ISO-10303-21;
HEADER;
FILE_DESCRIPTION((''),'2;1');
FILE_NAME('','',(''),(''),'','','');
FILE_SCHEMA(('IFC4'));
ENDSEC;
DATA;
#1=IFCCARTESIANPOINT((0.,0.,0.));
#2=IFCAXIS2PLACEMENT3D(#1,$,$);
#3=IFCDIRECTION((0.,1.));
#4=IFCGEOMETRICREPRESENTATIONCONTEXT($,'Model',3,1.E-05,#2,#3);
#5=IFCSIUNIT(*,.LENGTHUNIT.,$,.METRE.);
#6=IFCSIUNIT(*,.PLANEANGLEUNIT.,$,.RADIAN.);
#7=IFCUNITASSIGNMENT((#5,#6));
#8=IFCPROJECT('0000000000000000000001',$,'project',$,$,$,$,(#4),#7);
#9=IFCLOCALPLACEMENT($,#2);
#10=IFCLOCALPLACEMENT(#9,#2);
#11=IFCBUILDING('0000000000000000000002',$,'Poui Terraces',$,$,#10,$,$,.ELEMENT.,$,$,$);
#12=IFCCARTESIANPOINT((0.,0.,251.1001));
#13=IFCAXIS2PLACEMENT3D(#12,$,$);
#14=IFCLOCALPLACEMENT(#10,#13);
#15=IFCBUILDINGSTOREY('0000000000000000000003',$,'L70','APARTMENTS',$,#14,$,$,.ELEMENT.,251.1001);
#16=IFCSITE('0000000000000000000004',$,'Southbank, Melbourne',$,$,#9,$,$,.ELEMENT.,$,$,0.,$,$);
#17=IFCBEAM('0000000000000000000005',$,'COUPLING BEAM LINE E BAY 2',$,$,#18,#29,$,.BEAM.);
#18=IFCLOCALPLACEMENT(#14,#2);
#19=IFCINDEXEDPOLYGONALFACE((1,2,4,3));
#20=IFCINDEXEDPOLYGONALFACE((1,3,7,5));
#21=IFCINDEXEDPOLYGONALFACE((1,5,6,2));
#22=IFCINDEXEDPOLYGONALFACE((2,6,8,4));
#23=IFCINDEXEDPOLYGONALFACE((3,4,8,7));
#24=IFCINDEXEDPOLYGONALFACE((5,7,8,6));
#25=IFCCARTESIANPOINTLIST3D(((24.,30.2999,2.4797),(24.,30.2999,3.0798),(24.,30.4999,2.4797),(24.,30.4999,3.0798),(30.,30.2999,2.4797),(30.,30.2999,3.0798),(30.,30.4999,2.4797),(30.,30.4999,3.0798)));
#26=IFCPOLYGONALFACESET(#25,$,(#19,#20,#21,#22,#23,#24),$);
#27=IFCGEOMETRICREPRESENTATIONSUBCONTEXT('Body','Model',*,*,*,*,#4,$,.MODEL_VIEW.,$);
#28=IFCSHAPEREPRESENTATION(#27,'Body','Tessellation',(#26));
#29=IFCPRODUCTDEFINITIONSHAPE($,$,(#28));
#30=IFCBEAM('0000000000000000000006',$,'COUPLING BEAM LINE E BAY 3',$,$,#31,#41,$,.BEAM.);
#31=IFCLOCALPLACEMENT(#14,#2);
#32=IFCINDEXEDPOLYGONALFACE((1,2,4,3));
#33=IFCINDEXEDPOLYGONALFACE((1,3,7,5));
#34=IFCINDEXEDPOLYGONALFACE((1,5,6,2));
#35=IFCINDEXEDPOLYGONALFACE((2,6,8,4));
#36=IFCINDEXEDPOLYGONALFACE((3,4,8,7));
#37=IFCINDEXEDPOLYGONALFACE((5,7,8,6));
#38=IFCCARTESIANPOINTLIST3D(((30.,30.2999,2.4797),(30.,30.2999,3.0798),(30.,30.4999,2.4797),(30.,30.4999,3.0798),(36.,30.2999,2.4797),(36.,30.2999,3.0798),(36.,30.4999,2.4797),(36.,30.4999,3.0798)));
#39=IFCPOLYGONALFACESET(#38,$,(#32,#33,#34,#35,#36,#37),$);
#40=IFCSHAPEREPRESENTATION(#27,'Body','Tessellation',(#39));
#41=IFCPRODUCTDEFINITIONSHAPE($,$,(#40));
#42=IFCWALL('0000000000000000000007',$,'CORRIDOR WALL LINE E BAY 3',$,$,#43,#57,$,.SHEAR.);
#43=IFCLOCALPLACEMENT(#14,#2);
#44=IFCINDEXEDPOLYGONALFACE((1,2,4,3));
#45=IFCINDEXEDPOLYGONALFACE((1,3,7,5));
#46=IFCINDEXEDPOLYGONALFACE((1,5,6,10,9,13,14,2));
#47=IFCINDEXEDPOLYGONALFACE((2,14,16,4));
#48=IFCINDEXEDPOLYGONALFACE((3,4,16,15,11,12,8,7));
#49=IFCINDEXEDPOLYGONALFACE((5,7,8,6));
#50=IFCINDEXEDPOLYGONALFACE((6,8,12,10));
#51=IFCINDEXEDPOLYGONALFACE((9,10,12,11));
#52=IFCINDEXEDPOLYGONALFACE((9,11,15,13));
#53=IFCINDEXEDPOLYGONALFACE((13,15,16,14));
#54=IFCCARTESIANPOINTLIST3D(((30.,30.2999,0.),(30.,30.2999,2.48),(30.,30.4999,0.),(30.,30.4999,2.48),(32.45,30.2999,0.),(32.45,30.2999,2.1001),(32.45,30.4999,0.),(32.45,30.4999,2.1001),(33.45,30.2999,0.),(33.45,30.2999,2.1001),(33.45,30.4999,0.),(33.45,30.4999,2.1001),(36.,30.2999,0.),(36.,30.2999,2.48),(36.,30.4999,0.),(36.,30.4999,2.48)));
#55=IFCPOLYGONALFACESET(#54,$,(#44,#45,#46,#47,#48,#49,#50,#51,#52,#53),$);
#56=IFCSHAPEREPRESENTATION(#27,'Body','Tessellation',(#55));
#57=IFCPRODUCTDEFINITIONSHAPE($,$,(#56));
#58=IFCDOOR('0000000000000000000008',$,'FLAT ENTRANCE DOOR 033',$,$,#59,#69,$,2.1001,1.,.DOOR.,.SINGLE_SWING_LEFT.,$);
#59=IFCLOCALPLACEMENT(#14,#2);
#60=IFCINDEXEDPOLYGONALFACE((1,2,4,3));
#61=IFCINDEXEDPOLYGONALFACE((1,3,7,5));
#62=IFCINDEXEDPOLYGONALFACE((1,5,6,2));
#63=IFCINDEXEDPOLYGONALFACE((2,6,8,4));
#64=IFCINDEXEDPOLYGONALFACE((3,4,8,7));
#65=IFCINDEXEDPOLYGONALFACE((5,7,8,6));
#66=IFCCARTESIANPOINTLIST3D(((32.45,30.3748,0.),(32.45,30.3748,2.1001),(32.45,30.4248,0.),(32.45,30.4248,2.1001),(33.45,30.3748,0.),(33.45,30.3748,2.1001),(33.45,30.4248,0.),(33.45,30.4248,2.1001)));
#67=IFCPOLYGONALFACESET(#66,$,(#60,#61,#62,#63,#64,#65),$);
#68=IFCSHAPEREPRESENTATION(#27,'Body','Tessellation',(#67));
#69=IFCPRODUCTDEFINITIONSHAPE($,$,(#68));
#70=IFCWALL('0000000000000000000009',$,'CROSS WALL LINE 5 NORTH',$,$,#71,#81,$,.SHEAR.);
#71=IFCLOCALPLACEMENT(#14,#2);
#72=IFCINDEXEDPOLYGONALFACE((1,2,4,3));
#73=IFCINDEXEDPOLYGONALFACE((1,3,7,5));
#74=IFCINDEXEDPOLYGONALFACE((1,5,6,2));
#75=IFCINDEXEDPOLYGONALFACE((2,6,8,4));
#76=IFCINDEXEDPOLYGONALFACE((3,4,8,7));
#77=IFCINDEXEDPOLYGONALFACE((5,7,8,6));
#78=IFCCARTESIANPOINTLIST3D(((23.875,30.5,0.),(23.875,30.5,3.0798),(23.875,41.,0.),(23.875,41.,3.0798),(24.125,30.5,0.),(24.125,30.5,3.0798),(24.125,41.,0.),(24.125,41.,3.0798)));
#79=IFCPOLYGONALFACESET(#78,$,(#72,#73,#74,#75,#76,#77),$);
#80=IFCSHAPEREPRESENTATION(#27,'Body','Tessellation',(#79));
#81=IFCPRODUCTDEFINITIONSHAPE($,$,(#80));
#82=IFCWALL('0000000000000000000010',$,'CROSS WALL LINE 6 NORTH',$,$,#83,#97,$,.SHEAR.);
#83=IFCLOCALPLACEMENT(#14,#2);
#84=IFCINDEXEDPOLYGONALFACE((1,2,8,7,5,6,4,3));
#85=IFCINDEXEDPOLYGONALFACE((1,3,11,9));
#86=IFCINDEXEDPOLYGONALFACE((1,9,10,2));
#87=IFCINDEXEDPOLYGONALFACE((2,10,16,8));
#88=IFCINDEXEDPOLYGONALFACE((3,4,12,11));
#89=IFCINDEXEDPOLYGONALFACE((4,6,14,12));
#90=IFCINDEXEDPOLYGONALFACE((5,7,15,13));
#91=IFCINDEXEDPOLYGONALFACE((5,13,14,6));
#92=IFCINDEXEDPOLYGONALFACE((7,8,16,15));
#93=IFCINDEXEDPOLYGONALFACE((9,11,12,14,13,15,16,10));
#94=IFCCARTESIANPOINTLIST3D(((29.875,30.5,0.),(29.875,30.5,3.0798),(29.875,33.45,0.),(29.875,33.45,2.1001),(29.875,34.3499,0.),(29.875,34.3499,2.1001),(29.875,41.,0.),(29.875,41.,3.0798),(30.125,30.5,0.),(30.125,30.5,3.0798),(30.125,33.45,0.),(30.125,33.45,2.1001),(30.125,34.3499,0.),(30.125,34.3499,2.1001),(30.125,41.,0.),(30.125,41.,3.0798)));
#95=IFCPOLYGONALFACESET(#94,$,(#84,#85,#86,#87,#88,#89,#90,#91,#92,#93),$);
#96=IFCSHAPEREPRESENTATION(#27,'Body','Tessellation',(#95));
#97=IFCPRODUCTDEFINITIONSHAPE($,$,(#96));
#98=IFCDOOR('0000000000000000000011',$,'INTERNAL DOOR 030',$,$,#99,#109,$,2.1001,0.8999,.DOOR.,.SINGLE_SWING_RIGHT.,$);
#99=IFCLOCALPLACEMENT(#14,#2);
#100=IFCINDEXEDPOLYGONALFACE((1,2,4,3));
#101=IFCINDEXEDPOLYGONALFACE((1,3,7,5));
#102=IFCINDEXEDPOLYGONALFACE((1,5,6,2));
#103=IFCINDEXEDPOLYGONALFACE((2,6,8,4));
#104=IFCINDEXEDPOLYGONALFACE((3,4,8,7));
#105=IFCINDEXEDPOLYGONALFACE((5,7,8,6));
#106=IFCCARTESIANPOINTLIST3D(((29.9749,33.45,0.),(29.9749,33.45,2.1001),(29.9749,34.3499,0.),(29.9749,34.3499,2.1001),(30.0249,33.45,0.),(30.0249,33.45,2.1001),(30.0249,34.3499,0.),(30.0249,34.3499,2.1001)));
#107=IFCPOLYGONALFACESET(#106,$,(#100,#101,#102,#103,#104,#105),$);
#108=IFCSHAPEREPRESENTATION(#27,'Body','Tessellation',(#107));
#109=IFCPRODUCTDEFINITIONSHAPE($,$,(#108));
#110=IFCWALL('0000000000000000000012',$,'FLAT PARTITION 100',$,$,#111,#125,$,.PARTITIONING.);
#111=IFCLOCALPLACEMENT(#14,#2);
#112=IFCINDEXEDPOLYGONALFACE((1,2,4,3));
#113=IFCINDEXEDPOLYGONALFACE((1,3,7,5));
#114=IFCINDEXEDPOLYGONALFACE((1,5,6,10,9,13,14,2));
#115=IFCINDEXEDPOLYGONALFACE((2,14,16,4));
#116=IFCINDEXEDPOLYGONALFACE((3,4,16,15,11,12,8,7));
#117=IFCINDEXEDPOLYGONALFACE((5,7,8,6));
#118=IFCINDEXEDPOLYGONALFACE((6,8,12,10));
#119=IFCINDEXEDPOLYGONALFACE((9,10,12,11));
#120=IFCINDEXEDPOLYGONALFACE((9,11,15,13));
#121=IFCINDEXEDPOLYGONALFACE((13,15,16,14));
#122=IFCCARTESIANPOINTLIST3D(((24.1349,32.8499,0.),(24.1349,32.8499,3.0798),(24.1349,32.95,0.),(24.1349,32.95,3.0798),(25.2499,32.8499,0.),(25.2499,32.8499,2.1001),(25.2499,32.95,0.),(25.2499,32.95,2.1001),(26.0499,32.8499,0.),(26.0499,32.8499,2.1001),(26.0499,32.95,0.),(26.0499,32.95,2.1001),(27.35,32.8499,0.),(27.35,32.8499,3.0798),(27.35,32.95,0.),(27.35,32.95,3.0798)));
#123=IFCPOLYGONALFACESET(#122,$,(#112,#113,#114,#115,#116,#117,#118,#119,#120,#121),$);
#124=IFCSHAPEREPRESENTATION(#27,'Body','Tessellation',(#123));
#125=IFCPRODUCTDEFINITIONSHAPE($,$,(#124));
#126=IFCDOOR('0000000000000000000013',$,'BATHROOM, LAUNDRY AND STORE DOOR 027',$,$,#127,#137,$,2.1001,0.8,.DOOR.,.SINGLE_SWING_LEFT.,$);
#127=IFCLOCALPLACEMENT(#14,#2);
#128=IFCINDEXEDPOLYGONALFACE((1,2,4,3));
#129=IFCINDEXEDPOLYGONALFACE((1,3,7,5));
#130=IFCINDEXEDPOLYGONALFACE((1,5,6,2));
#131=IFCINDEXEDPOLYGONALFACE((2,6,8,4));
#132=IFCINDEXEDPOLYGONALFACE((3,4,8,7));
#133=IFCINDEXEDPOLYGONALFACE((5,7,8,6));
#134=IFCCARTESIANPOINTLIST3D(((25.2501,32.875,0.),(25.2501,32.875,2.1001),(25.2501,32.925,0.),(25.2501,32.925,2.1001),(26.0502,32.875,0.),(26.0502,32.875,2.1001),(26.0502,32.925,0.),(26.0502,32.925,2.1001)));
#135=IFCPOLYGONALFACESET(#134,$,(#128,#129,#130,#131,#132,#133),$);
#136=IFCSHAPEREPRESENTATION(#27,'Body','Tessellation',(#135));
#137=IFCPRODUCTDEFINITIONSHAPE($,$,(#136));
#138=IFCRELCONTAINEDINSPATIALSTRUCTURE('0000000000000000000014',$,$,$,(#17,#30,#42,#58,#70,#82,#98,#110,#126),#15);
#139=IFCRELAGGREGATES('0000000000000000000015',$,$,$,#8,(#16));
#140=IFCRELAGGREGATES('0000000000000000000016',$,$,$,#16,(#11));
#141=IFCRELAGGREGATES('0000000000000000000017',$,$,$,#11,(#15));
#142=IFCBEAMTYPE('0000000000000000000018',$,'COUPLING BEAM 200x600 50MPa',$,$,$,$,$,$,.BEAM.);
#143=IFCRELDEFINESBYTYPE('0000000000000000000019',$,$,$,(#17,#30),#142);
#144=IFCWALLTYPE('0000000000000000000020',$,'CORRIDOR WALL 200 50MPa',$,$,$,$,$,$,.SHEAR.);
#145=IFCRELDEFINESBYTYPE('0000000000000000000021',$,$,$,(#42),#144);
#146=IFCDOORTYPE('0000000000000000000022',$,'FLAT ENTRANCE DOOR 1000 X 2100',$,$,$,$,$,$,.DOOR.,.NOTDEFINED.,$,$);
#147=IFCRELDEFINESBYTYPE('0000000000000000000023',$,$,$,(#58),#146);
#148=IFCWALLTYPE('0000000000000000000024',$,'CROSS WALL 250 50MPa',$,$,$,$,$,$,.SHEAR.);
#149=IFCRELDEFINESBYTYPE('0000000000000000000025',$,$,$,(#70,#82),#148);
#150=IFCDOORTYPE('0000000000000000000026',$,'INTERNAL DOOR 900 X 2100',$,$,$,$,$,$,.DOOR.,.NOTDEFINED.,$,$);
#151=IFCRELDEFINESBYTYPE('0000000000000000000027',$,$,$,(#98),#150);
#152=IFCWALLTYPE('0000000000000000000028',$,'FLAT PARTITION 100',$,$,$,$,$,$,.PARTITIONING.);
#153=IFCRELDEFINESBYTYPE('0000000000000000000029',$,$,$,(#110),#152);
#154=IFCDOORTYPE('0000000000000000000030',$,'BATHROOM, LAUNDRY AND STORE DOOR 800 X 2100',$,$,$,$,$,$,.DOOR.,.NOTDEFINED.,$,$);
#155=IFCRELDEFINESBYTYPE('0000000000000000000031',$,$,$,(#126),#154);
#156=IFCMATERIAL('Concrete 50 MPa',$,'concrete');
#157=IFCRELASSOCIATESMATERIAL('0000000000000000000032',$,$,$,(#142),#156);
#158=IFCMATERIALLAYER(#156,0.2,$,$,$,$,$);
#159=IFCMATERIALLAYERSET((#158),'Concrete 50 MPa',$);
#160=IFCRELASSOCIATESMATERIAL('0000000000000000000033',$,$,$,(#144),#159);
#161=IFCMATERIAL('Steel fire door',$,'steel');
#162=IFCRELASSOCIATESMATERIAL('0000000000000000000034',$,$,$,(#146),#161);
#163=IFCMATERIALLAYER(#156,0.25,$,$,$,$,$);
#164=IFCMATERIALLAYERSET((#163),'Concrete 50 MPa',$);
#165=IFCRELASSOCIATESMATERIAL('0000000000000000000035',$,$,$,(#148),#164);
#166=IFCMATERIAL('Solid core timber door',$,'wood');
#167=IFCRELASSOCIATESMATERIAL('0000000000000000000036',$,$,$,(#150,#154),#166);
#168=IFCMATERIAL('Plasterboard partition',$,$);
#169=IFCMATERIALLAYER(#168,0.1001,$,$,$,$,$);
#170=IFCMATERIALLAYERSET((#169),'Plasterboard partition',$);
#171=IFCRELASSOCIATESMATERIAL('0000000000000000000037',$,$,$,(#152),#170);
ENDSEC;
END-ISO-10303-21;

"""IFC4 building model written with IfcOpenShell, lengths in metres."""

from ifc_helpers import new_model, si_unit, direction, frame, frame_2d, origin, origin_2d, place, context, subcontext, project, spatial, rectangle, extrude, source, transform, mapped, material, layer, layer_set, material_profile, profile_set, type_object, element, fill, save


model = new_model("IFC4")

# Units and contexts
model_context = context("Model", 3, precision=1e-05, world=origin(), true_north=direction((0.0, 1.0)))
body_context = subcontext(model_context, "Body", "Model", "MODEL_VIEW")
ifc_project = project(units=[si_unit("LENGTHUNIT", "METRE"), si_unit("PLANEANGLEUNIT", "RADIAN")], contexts=[model_context])

# Site, building, storey
site_placement = place(None, origin())
site = spatial("IfcSite", under=ifc_project, at=site_placement, Name="Southbank, Melbourne", CompositionType="ELEMENT", RefElevation=0.0)
building_placement = place(site_placement, origin())
building = spatial("IfcBuilding", under=site, at=building_placement, Name="Poui Terraces", CompositionType="ELEMENT")
storey_placement = place(building_placement, frame((0.0, 0.0, 251.1001)))
storey = spatial("IfcBuildingStorey", under=building, at=storey_placement, Name="L70", Description="APARTMENTS", CompositionType="ELEMENT", Elevation=251.1001)

# Beams
ifc_material_1 = material(Name="Concrete 50 MPa", Category="concrete")
ifc_material_profile = material_profile(ifc_material_1, rectangle(XDim=0.2, YDim=0.6001, at=origin_2d()), Name="RC 200x600")
ifc_profile_set = profile_set([ifc_material_profile], Name="Concrete 50 MPa")
beam_type = type_object("IfcBeamType", Name="COUPLING BEAM 200x600 50MPa", PredefinedType="BEAM", material=ifc_profile_set)
shared_shape_1 = source(origin(), body_context, "Body", "SweptSolid", [
    extrude(rectangle(XDim=0.2, YDim=0.6001, at=origin_2d()), origin(), (0.0, 0.0, 1.0), 6.0),
])
for number, where, z_axis, x_axis, name in (
    (1, (24.0, 30.3999, 2.7798), (1.0, 0.0, 0.0), (0.0, 1.0, 0.0), "COUPLING BEAM LINE E BAY 2"),
    (2, (30.0, 30.3999, 2.7798), (1.0, 0.0, 0.0), (0.0, 1.0, 0.0), "COUPLING BEAM LINE E BAY 3"),
):
    element("IfcBeam", number, at=place(storey_placement, frame(where, z_axis=z_axis, x_axis=x_axis)), inside=storey, type_object=beam_type, Name=name, PredefinedType="BEAM", context=body_context, shape_type="MappedRepresentation", body=[
        mapped(shared_shape_1, transform((0.0, 0.0, 0.0))),
    ])

# Wall, opening, door
ifc_layer_1 = layer(ifc_material_1, 0.2)
ifc_layer_set_1 = layer_set([ifc_layer_1], Name="Concrete 50 MPa")
wall_type_1 = type_object("IfcWallType", Name="CORRIDOR WALL 200 50MPa", PredefinedType="SHEAR", material=ifc_layer_set_1)
wall_1_placement = place(storey_placement, frame((30.0, 30.3999, 0.0), z_axis=(0.0, 0.0, 1.0), x_axis=(1.0, 0.0, 0.0)))
wall_1 = element("IfcWall", 3, at=wall_1_placement, inside=storey, type_object=wall_type_1, Name="CORRIDOR WALL LINE E BAY 3", PredefinedType="SHEAR", context=body_context, shape_type="SweptSolid", body=[
    extrude(rectangle(XDim=6.0, YDim=0.2, at=frame_2d((3.0, 0.0))), origin(), (0.0, 0.0, 1.0), 2.48),
])
opening_1_placement = place(wall_1_placement, frame((2.45, 0.0, 0.0)))
opening_1 = element("IfcOpeningElement", 4, at=opening_1_placement, cuts=wall_1, PredefinedType="OPENING", context=body_context, shape_type="SweptSolid", body=[
    extrude(rectangle(XDim=1.0, YDim=2.1001, at=frame_2d((0.5, 1.05))), frame((0.0, 0.1099, 0.0), z_axis=(0.0, -1.0, 0.0), x_axis=(1.0, 0.0, 0.0)), (0.0, 0.0, 1.0), 0.22),
])
ifc_material_2 = material(Name="Steel fire door", Category="steel")
door_type_1 = type_object("IfcDoorType", Name="FLAT ENTRANCE DOOR 1000 X 2100", OperationType="NOTDEFINED", PredefinedType="DOOR", material=ifc_material_2)
door_1_placement = place(opening_1_placement, origin())
door_1 = element("IfcDoor", 5, at=door_1_placement, inside=storey, type_object=door_type_1, Name="FLAT ENTRANCE DOOR 033", OperationType="SINGLE_SWING_LEFT", OverallHeight=2.1001, OverallWidth=1.0, PredefinedType="DOOR", context=body_context, shape_type="SweptSolid", body=[
    extrude(rectangle(XDim=1.0, YDim=2.1001, at=frame_2d((0.5, 1.05))), frame((0.0, 0.0249, 0.0), z_axis=(0.0, -1.0, 0.0), x_axis=(1.0, 0.0, 0.0)), (0.0, 0.0, 1.0), 0.05),
])
fill(opening_1, door_1)

# Wall
ifc_layer_2 = layer(ifc_material_1, 0.25)
ifc_layer_set_2 = layer_set([ifc_layer_2], Name="Concrete 50 MPa")
wall_type_2 = type_object("IfcWallType", Name="CROSS WALL 250 50MPa", PredefinedType="SHEAR", material=ifc_layer_set_2)
wall_2_placement = place(storey_placement, frame((24.0, 30.5, 0.0), z_axis=(0.0, 0.0, 1.0), x_axis=(0.0, 1.0, 0.0)))
element("IfcWall", 6, at=wall_2_placement, inside=storey, type_object=wall_type_2, Name="CROSS WALL LINE 5 NORTH", PredefinedType="SHEAR", context=body_context, shape_type="SweptSolid", body=[
    extrude(rectangle(XDim=10.5, YDim=0.25, at=frame_2d((5.25, 0.0))), origin(), (0.0, 0.0, 1.0), 3.0798),
])

# Walls, openings, doors
wall_3_placement = place(storey_placement, frame((30.0, 30.5, 0.0), z_axis=(0.0, 0.0, 1.0), x_axis=(0.0, 1.0, 0.0)))
wall_3 = element("IfcWall", 7, at=wall_3_placement, inside=storey, type_object=wall_type_2, Name="CROSS WALL LINE 6 NORTH", PredefinedType="SHEAR", context=body_context, shape_type="SweptSolid", body=[
    extrude(rectangle(XDim=10.5, YDim=0.25, at=frame_2d((5.25, 0.0))), origin(), (0.0, 0.0, 1.0), 3.0798),
])
opening_2_placement = place(wall_3_placement, frame((2.95, 0.0, 0.0)))
opening_2 = element("IfcOpeningElement", 8, at=opening_2_placement, cuts=wall_3, PredefinedType="OPENING", context=body_context, shape_type="SweptSolid", body=[
    extrude(rectangle(XDim=0.8999, YDim=2.1001, at=frame_2d((0.45, 1.05))), frame((0.0, 0.135, 0.0), z_axis=(0.0, -1.0, 0.0), x_axis=(1.0, 0.0, 0.0)), (0.0, 0.0, 1.0), 0.27),
])
ifc_material_3 = material(Name="Solid core timber door", Category="wood")
door_type_2 = type_object("IfcDoorType", Name="INTERNAL DOOR 900 X 2100", OperationType="NOTDEFINED", PredefinedType="DOOR", material=ifc_material_3)
door_2_placement = place(opening_2_placement, frame((0.8999, 0.0, 0.0), z_axis=(0.0, 0.0, 1.0), x_axis=(-1.0, 0.0, 0.0)))
door_2 = element("IfcDoor", 9, at=door_2_placement, inside=storey, type_object=door_type_2, Name="INTERNAL DOOR 030", OperationType="SINGLE_SWING_RIGHT", OverallHeight=2.1001, OverallWidth=0.8999, PredefinedType="DOOR", context=body_context, shape_type="SweptSolid", body=[
    extrude(rectangle(XDim=0.8999, YDim=2.1001, at=frame_2d((0.45, 1.05))), frame((0.0, 0.0249, 0.0), z_axis=(0.0, -1.0, 0.0), x_axis=(1.0, 0.0, 0.0)), (0.0, 0.0, 1.0), 0.05),
])
fill(opening_2, door_2)
ifc_material_4 = material(Name="Plasterboard partition")
ifc_layer_3 = layer(ifc_material_4, 0.1001)
ifc_layer_set_3 = layer_set([ifc_layer_3], Name="Plasterboard partition")
wall_type_3 = type_object("IfcWallType", Name="FLAT PARTITION 100", PredefinedType="PARTITIONING", material=ifc_layer_set_3)
wall_4_placement = place(storey_placement, frame((24.135, 32.8999, 0.0), z_axis=(0.0, 0.0, 1.0), x_axis=(1.0, 0.0, 0.0)))
wall_4 = element("IfcWall", 10, at=wall_4_placement, inside=storey, type_object=wall_type_3, Name="FLAT PARTITION 100", PredefinedType="PARTITIONING", context=body_context, shape_type="SweptSolid", body=[
    extrude(rectangle(XDim=3.2151, YDim=0.1001, at=frame_2d((1.6074, 0.0))), origin(), (0.0, 0.0, 1.0), 3.0798),
])
opening_3_placement = place(wall_4_placement, frame((1.115, 0.0, 0.0)))
opening_3 = element("IfcOpeningElement", 11, at=opening_3_placement, cuts=wall_4, PredefinedType="OPENING", context=body_context, shape_type="SweptSolid", body=[
    extrude(rectangle(XDim=0.8, YDim=2.1001, at=frame_2d((0.3999, 1.05))), frame((0.0, 0.0601, 0.0), z_axis=(0.0, -1.0, 0.0), x_axis=(1.0, 0.0, 0.0)), (0.0, 0.0, 1.0), 0.1201),
])
door_type_3 = type_object("IfcDoorType", Name="BATHROOM, LAUNDRY AND STORE DOOR 800 X 2100", OperationType="NOTDEFINED", PredefinedType="DOOR", material=ifc_material_3)
door_3_placement = place(opening_3_placement, frame((0.8, 0.0, 0.0), z_axis=(0.0, 0.0, 1.0), x_axis=(-1.0, 0.0, 0.0)))
door_3 = element("IfcDoor", 12, at=door_3_placement, inside=storey, type_object=door_type_3, Name="BATHROOM, LAUNDRY AND STORE DOOR 027", OperationType="SINGLE_SWING_LEFT", OverallHeight=2.1001, OverallWidth=0.8, PredefinedType="DOOR", context=body_context, shape_type="SweptSolid", body=[
    extrude(rectangle(XDim=0.8, YDim=2.1001, at=frame_2d((0.3999, 1.05))), frame((0.0, 0.0249, 0.0), z_axis=(0.0, -1.0, 0.0), x_axis=(1.0, 0.0, 0.0)), (0.0, 0.0, 1.0), 0.05),
])
fill(opening_3, door_3)

save(model, "model.ifc")
